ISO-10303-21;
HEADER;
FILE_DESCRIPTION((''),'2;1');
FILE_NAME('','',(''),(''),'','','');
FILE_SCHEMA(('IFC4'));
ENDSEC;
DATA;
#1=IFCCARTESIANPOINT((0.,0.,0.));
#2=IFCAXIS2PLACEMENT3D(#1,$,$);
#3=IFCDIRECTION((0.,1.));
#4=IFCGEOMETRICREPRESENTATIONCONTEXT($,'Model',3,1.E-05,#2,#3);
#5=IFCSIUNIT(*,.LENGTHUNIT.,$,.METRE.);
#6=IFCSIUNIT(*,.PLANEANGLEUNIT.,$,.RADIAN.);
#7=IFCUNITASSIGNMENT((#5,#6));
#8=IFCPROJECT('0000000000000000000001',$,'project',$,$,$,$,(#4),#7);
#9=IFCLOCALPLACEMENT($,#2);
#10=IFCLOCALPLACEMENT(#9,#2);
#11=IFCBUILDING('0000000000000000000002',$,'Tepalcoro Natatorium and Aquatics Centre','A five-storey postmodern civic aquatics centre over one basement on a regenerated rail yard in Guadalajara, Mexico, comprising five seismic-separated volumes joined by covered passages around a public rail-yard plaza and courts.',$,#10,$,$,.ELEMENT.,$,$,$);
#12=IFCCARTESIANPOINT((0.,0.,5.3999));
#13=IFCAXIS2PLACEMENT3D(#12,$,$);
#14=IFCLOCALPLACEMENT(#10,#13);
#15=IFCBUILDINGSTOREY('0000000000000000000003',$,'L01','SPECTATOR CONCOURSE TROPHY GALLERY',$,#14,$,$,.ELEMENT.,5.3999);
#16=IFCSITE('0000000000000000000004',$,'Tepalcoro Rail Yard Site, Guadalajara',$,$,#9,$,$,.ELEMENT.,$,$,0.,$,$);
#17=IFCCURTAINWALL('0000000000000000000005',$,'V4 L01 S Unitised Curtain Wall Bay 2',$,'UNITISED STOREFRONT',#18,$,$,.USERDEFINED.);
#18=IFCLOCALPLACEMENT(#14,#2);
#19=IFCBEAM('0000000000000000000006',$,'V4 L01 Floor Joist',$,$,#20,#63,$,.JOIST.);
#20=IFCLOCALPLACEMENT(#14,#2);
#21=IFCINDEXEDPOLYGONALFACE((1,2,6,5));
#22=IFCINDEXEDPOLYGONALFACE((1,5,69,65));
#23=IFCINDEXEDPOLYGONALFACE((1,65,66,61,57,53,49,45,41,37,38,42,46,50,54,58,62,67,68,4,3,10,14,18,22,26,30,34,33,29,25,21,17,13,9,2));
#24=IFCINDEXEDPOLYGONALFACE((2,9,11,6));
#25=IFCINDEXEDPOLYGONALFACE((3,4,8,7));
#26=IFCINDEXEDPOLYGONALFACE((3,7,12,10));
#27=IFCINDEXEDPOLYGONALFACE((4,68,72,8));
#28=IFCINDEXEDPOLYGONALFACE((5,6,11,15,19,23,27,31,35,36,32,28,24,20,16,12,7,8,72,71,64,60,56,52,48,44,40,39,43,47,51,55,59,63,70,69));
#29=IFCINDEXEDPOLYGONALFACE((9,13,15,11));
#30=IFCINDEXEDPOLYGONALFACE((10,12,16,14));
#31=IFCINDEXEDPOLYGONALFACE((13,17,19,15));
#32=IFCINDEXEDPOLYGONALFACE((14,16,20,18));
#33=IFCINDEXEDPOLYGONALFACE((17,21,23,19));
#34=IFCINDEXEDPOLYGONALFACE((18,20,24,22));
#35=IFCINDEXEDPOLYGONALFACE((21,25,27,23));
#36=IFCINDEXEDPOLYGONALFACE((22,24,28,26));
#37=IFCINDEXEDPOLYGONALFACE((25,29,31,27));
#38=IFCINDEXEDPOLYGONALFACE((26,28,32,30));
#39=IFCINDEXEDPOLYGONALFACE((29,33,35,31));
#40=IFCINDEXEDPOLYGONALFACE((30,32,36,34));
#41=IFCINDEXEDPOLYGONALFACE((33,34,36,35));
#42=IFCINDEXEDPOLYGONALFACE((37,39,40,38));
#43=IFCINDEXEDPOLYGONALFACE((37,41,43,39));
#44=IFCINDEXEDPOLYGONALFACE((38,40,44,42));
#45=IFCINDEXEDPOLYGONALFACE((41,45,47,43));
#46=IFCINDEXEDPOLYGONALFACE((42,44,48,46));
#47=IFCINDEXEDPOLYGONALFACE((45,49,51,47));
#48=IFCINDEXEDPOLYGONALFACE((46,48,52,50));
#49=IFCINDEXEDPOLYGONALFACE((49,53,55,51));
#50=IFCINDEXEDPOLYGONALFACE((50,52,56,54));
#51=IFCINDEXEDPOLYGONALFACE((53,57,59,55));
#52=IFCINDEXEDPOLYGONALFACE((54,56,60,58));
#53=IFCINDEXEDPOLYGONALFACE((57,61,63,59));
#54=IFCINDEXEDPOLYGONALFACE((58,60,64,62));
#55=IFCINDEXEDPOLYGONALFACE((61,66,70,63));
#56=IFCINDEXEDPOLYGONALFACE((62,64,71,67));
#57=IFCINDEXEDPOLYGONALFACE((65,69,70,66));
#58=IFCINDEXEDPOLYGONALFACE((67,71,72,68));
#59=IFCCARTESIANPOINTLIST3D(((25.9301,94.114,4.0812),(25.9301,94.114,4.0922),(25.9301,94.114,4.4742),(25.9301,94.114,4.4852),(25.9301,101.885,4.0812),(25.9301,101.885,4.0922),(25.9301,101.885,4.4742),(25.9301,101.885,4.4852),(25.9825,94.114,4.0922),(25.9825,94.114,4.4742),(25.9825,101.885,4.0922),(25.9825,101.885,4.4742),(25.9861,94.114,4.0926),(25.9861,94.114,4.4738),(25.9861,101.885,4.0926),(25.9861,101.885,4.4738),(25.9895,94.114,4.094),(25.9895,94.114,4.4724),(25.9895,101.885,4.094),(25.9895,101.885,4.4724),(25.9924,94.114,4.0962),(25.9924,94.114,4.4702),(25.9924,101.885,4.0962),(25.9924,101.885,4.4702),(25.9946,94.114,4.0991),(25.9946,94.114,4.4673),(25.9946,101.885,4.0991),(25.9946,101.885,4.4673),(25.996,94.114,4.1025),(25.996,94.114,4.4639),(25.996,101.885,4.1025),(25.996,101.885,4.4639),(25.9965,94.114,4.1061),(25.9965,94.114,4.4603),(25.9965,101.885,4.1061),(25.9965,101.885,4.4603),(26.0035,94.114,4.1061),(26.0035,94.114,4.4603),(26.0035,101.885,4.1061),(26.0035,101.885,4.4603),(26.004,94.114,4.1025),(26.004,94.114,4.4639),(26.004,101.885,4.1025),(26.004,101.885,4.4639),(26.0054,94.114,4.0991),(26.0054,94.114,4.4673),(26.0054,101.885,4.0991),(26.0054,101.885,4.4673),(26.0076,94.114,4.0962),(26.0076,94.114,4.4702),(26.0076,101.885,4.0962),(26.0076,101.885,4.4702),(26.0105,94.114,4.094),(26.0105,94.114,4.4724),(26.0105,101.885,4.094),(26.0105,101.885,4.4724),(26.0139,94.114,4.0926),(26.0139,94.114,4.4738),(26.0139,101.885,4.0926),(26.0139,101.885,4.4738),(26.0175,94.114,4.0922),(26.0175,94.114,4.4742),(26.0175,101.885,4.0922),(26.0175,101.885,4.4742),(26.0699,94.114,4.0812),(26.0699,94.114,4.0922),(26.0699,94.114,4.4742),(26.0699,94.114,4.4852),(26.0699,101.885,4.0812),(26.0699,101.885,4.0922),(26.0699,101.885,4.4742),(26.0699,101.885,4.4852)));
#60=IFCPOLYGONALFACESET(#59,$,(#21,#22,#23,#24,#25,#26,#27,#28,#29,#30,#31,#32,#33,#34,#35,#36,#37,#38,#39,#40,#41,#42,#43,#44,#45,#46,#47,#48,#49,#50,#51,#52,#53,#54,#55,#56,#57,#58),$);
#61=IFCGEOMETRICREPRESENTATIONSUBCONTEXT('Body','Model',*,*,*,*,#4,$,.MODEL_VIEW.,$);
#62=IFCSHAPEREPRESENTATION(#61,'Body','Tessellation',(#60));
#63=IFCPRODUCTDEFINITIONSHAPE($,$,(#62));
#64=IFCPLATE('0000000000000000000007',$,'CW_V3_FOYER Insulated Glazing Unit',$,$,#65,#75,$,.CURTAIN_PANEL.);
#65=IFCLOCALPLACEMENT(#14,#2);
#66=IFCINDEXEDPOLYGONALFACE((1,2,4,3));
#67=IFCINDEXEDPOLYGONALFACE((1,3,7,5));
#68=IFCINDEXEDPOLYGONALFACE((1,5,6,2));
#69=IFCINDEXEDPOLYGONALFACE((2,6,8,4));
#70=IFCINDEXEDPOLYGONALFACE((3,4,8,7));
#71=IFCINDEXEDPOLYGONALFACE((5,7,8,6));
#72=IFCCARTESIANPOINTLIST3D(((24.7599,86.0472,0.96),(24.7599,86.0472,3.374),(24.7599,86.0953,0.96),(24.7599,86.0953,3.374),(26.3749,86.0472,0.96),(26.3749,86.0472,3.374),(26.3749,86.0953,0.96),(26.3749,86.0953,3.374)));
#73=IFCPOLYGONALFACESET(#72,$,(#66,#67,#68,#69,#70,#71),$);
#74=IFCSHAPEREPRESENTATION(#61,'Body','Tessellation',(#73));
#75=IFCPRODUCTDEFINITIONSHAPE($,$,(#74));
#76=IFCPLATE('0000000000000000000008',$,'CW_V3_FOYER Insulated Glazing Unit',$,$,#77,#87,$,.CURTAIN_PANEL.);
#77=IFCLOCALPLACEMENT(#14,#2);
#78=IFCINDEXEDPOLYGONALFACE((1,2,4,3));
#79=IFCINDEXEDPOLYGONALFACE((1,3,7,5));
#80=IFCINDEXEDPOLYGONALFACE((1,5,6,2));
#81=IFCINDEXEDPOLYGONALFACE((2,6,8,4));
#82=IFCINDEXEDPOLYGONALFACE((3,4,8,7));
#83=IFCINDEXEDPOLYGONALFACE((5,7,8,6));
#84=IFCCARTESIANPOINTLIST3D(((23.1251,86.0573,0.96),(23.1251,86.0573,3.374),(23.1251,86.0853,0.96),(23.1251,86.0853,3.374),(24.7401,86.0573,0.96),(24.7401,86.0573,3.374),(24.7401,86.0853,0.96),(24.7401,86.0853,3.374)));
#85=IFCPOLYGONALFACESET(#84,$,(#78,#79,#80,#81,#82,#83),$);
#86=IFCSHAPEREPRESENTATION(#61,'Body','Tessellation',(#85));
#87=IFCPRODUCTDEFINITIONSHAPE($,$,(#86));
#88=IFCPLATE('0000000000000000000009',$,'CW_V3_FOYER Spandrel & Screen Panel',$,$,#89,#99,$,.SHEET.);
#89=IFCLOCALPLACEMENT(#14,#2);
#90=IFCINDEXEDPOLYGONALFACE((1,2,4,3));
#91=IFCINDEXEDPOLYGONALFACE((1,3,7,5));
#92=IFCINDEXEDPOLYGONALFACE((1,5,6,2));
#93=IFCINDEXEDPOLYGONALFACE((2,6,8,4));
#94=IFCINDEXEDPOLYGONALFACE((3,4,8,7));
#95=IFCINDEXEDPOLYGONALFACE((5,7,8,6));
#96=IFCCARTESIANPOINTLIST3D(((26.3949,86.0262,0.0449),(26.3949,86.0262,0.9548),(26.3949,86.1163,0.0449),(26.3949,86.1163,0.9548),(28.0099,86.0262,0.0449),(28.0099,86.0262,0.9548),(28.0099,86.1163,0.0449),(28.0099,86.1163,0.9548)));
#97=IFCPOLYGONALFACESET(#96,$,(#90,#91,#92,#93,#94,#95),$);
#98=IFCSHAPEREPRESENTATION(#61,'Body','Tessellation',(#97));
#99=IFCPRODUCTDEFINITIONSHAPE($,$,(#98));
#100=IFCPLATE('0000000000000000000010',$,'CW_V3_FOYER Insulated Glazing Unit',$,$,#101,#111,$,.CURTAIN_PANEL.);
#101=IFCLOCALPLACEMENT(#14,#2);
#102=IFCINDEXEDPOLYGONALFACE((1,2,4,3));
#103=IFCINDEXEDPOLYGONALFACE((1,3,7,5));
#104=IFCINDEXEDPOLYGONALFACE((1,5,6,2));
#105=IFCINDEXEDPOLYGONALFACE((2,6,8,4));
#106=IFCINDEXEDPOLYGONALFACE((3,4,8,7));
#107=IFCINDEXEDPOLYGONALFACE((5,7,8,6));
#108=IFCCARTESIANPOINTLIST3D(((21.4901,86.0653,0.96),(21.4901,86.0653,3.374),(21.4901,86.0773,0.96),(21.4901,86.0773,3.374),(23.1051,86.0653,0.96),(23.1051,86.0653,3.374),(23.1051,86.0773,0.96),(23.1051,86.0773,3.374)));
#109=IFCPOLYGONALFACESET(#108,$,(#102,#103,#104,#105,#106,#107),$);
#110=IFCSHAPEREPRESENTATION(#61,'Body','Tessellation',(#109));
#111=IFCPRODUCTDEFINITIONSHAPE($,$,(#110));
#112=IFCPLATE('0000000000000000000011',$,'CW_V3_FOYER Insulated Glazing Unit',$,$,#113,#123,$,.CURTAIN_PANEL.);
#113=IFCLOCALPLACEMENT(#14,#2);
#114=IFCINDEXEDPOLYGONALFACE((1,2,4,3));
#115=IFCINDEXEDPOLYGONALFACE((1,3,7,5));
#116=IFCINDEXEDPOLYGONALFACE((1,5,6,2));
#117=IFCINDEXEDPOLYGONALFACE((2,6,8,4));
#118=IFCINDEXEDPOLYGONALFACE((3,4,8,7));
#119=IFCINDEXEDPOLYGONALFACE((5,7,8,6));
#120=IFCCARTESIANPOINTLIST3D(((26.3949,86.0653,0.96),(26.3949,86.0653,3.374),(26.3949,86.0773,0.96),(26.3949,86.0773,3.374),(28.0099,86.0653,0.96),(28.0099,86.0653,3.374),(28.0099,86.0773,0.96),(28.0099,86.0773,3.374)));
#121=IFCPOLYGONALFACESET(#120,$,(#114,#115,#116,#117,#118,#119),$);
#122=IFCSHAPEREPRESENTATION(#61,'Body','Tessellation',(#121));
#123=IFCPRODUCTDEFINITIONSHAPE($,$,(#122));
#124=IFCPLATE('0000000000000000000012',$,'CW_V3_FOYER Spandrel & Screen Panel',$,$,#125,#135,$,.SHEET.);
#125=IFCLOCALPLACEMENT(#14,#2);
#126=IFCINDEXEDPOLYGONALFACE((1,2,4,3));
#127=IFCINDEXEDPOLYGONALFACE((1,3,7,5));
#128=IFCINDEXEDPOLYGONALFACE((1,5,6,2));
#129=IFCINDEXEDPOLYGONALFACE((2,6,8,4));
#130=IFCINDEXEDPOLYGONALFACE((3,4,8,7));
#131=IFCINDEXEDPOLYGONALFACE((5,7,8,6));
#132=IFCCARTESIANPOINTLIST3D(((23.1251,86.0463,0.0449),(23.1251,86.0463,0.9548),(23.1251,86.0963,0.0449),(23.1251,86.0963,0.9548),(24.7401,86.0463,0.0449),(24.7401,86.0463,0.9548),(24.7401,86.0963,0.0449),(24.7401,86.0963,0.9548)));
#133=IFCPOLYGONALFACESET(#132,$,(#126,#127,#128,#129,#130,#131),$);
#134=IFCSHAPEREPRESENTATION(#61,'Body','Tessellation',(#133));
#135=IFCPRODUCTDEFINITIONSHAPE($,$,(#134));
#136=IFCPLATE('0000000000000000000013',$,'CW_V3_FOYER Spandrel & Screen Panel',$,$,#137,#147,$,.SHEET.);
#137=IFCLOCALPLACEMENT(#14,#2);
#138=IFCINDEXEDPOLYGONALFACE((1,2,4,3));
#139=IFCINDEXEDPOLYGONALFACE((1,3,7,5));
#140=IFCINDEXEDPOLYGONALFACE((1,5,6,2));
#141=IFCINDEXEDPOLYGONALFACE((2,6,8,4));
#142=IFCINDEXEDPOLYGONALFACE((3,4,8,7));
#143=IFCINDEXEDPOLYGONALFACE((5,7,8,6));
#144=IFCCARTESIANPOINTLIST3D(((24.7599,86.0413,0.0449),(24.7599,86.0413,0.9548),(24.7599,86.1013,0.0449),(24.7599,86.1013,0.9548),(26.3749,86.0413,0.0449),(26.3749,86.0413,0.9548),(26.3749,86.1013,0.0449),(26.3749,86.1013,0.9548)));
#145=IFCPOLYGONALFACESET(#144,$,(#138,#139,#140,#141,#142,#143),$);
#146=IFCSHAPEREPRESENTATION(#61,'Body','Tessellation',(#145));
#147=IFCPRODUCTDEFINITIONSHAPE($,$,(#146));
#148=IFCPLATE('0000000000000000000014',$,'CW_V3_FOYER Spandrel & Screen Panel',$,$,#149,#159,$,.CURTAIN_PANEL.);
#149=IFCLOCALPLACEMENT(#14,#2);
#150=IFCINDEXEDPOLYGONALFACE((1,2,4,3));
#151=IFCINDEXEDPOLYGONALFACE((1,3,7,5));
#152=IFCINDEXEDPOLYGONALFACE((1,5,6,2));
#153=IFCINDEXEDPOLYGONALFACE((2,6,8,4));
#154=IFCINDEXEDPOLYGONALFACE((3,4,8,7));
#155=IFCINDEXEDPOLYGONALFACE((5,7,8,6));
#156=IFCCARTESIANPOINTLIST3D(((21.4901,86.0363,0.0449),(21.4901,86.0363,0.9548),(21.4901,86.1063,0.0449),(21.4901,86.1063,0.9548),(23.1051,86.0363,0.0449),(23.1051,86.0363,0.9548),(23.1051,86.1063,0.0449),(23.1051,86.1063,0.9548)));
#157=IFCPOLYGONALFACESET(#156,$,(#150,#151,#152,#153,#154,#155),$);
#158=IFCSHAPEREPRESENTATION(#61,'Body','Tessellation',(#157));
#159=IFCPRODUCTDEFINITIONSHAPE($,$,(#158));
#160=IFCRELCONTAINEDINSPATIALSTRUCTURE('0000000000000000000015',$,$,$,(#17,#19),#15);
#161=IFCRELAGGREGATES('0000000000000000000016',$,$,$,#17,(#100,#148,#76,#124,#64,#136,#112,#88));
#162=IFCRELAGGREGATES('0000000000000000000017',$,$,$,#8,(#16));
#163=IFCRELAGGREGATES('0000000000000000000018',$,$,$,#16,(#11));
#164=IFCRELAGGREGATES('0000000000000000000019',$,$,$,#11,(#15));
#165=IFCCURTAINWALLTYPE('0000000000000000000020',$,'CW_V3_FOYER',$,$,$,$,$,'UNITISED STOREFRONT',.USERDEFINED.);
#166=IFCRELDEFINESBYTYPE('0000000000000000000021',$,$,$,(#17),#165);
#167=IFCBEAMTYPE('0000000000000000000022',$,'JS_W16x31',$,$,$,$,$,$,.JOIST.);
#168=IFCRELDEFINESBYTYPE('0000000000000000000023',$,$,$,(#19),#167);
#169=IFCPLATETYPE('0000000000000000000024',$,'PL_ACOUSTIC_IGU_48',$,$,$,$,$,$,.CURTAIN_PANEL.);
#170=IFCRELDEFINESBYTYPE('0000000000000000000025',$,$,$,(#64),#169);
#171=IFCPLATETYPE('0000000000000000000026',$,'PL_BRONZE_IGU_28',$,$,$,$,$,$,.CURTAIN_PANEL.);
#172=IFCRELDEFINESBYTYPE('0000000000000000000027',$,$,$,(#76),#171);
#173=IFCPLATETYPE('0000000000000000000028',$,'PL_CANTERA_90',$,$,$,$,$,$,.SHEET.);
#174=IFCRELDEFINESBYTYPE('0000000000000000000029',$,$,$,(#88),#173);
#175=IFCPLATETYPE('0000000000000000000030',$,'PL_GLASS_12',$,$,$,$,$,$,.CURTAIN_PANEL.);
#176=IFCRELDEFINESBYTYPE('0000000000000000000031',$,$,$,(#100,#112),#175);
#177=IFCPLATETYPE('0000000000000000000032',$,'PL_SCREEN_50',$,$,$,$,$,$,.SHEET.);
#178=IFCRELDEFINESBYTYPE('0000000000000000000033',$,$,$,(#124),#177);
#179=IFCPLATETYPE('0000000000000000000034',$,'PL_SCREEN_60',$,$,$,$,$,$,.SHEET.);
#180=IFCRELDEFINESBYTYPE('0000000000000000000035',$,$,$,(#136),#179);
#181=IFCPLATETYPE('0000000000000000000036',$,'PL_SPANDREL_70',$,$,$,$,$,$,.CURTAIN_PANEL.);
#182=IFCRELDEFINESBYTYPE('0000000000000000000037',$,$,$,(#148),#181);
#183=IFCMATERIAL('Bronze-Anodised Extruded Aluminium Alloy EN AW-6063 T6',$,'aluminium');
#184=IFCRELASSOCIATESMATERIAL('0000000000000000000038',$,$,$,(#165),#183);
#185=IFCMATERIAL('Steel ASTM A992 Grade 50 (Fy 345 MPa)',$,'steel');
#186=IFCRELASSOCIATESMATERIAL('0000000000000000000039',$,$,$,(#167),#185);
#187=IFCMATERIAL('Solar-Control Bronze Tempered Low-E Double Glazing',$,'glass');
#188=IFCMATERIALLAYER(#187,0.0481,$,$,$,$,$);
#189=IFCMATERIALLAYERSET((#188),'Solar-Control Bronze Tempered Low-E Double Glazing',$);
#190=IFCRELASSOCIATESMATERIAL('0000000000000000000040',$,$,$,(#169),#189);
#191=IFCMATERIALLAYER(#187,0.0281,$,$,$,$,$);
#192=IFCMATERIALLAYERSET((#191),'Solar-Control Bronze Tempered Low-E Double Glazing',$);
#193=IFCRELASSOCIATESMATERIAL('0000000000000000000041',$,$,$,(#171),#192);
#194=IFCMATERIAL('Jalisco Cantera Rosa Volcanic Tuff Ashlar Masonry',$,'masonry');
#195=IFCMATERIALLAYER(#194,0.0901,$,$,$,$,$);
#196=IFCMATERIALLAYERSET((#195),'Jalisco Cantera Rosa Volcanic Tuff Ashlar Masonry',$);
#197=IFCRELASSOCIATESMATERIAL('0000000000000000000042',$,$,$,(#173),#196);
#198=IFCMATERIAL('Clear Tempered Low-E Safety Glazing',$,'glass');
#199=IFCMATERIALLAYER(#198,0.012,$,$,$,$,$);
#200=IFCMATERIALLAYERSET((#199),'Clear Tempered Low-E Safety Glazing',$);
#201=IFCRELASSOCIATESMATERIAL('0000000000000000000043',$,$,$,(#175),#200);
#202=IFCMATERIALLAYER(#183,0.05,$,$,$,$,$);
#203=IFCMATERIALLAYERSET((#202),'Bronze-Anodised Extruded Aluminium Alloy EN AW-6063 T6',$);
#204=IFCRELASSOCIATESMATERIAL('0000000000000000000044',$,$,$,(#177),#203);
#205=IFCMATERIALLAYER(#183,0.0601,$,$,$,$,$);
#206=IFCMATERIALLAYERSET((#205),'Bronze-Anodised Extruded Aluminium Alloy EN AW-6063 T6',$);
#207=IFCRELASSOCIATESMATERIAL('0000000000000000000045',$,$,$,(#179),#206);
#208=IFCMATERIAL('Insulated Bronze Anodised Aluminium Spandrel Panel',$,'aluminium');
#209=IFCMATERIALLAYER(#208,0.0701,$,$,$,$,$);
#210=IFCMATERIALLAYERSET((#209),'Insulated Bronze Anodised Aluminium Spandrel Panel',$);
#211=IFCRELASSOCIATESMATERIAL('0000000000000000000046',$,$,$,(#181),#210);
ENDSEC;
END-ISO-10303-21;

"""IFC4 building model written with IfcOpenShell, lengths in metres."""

from ifc_helpers import new_model, si_unit, direction, frame, origin, origin_2d, place, context, subcontext, project, spatial, rectangle, i_section, extrude, material, layer, layer_set, material_profile, profile_set, type_object, element, aggregate, save


model = new_model("IFC4")

# Units and contexts
model_context = context("Model", 3, precision=1e-05, world=origin(), true_north=direction((0.0, 1.0)))
body_context = subcontext(model_context, "Body", "Model", "MODEL_VIEW")
ifc_project = project(units=[si_unit("LENGTHUNIT", "METRE"), si_unit("PLANEANGLEUNIT", "RADIAN")], contexts=[model_context])

# Site, building, storey
site_placement = place(None, origin())
site = spatial("IfcSite", under=ifc_project, at=site_placement, Name="Tepalcoro Rail Yard Site, Guadalajara", CompositionType="ELEMENT", RefElevation=0.0)
building_placement = place(site_placement, origin())
building = spatial("IfcBuilding", under=site, at=building_placement, Name="Tepalcoro Natatorium and Aquatics Centre", Description="A five-storey postmodern civic aquatics centre over one basement on a regenerated rail yard in Guadalajara, Mexico, comprising five seismic-separated volumes joined by covered passages around a public rail-yard plaza and courts.", CompositionType="ELEMENT")
storey_placement = place(building_placement, frame((0.0, 0.0, 5.3999)))
storey = spatial("IfcBuildingStorey", under=building, at=storey_placement, Name="L01", Description="SPECTATOR CONCOURSE TROPHY GALLERY", CompositionType="ELEMENT", Elevation=5.3999)

# Shared definitions
ifc_material_1 = material(Name="Steel ASTM A992 Grade 50 (Fy 345 MPa)", Category="steel")

# Curtain wall
ifc_material_2 = material(Name="Bronze-Anodised Extruded Aluminium Alloy EN AW-6063 T6", Category="aluminium")
curtain_wall_type = type_object("IfcCurtainWallType", Name="CW_V3_FOYER", ElementType="UNITISED STOREFRONT", PredefinedType="USERDEFINED", material=ifc_material_2)
curtain_wall_placement = place(storey_placement, origin())
curtain_wall = element("IfcCurtainWall", 1, at=curtain_wall_placement, inside=storey, type_object=curtain_wall_type, Name="V4 L01 S Unitised Curtain Wall Bay 2", ObjectType="UNITISED STOREFRONT", PredefinedType="USERDEFINED")

# Beam
ifc_material_profile_1 = material_profile(ifc_material_1, i_section(OverallWidth=0.1399, OverallDepth=0.4041, WebThickness=0.0071, FlangeThickness=0.011, FilletRadius=0.0139, at=origin_2d()), Name="W16X31")
ifc_profile_set_1 = profile_set([ifc_material_profile_1], Name="Steel ASTM A992 Grade 50 (Fy 345 MPa)")
beam_type_1 = type_object("IfcBeamType", Name="JS_W16x31", PredefinedType="JOIST", material=ifc_profile_set_1)
beam_1_placement = place(storey_placement, frame((26.0, 94.114, 4.2832), z_axis=(0.0, 1.0, 0.0), x_axis=(-1.0, 0.0, 0.0)))
element("IfcBeam", 2, at=beam_1_placement, inside=storey, type_object=beam_type_1, Name="V4 L01 Floor Joist", PredefinedType="JOIST", context=body_context, shape_type="SweptSolid", body=[
    extrude(i_section(OverallWidth=0.1399, OverallDepth=0.4041, WebThickness=0.0071, FlangeThickness=0.011, FilletRadius=0.0139, at=origin_2d()), origin(), (0.0, 0.0, 1.0), 7.771),
])

# Plates
ifc_material_3 = material(Name="Solar-Control Bronze Tempered Low-E Double Glazing", Category="glass")
ifc_layer_1 = layer(ifc_material_3, 0.0481)
ifc_layer_set_1 = layer_set([ifc_layer_1], Name="Solar-Control Bronze Tempered Low-E Double Glazing")
plate_type_1 = type_object("IfcPlateType", Name="PL_ACOUSTIC_IGU_48", PredefinedType="CURTAIN_PANEL", material=ifc_layer_set_1)
plate_1_placement = place(storey_placement, frame((25.5674, 86.0713, 0.96), z_axis=(0.0, 0.0, 1.0), x_axis=(1.0, 0.0, 0.0)))
plate_1 = element("IfcPlate", 3, at=plate_1_placement, type_object=plate_type_1, Name="CW_V3_FOYER Insulated Glazing Unit", PredefinedType="CURTAIN_PANEL", context=body_context, shape_type="SweptSolid", body=[
    extrude(rectangle(XDim=1.615, YDim=0.0481, at=origin_2d()), origin(), (0.0, 0.0, 1.0), 2.4141),
])
ifc_layer_2 = layer(ifc_material_3, 0.0281)
ifc_layer_set_2 = layer_set([ifc_layer_2], Name="Solar-Control Bronze Tempered Low-E Double Glazing")
plate_type_2 = type_object("IfcPlateType", Name="PL_BRONZE_IGU_28", PredefinedType="CURTAIN_PANEL", material=ifc_layer_set_2)
plate_2_placement = place(storey_placement, frame((23.9326, 86.0713, 0.96), z_axis=(0.0, 0.0, 1.0), x_axis=(1.0, 0.0, 0.0)))
plate_2 = element("IfcPlate", 4, at=plate_2_placement, type_object=plate_type_2, Name="CW_V3_FOYER Insulated Glazing Unit", PredefinedType="CURTAIN_PANEL", context=body_context, shape_type="SweptSolid", body=[
    extrude(rectangle(XDim=1.615, YDim=0.0281, at=origin_2d()), origin(), (0.0, 0.0, 1.0), 2.4141),
])
ifc_material_4 = material(Name="Jalisco Cantera Rosa Volcanic Tuff Ashlar Masonry", Category="masonry")
ifc_layer_3 = layer(ifc_material_4, 0.0901)
ifc_layer_set_3 = layer_set([ifc_layer_3], Name="Jalisco Cantera Rosa Volcanic Tuff Ashlar Masonry")
plate_type_3 = type_object("IfcPlateType", Name="PL_CANTERA_90", PredefinedType="SHEET", material=ifc_layer_set_3)
plate_3_placement = place(storey_placement, frame((27.2024, 86.0713, 0.0449), z_axis=(0.0, 0.0, 1.0), x_axis=(1.0, 0.0, 0.0)))
plate_3 = element("IfcPlate", 5, at=plate_3_placement, type_object=plate_type_3, Name="CW_V3_FOYER Spandrel & Screen Panel", PredefinedType="SHEET", context=body_context, shape_type="SweptSolid", body=[
    extrude(rectangle(XDim=1.615, YDim=0.0901, at=origin_2d()), origin(), (0.0, 0.0, 1.0), 0.9099),
])
ifc_material_5 = material(Name="Clear Tempered Low-E Safety Glazing", Category="glass")
ifc_layer_4 = layer(ifc_material_5, 0.012)
ifc_layer_set_4 = layer_set([ifc_layer_4], Name="Clear Tempered Low-E Safety Glazing")
plate_type_4 = type_object("IfcPlateType", Name="PL_GLASS_12", PredefinedType="CURTAIN_PANEL", material=ifc_layer_set_4)
plate_4_placement = place(storey_placement, frame((22.2976, 86.0713, 0.96), z_axis=(0.0, 0.0, 1.0), x_axis=(1.0, 0.0, 0.0)))
plate_4 = element("IfcPlate", 6, at=plate_4_placement, type_object=plate_type_4, Name="CW_V3_FOYER Insulated Glazing Unit", PredefinedType="CURTAIN_PANEL", context=body_context, shape_type="SweptSolid", body=[
    extrude(rectangle(XDim=1.615, YDim=0.012, at=origin_2d()), origin(), (0.0, 0.0, 1.0), 2.4141),
])
plate_5_placement = place(storey_placement, frame((27.2024, 86.0713, 0.96), z_axis=(0.0, 0.0, 1.0), x_axis=(1.0, 0.0, 0.0)))
plate_5 = element("IfcPlate", 7, at=plate_5_placement, type_object=plate_type_4, Name="CW_V3_FOYER Insulated Glazing Unit", PredefinedType="CURTAIN_PANEL", context=body_context, shape_type="SweptSolid", body=[
    extrude(rectangle(XDim=1.615, YDim=0.012, at=origin_2d()), origin(), (0.0, 0.0, 1.0), 2.4141),
])
ifc_layer_5 = layer(ifc_material_2, 0.05)
ifc_layer_set_5 = layer_set([ifc_layer_5], Name="Bronze-Anodised Extruded Aluminium Alloy EN AW-6063 T6")
plate_type_5 = type_object("IfcPlateType", Name="PL_SCREEN_50", PredefinedType="SHEET", material=ifc_layer_set_5)
plate_6_placement = place(storey_placement, frame((23.9326, 86.0713, 0.0449), z_axis=(0.0, 0.0, 1.0), x_axis=(1.0, 0.0, 0.0)))
plate_6 = element("IfcPlate", 8, at=plate_6_placement, type_object=plate_type_5, Name="CW_V3_FOYER Spandrel & Screen Panel", PredefinedType="SHEET", context=body_context, shape_type="SweptSolid", body=[
    extrude(rectangle(XDim=1.615, YDim=0.05, at=origin_2d()), origin(), (0.0, 0.0, 1.0), 0.9099),
])
ifc_layer_6 = layer(ifc_material_2, 0.0601)
ifc_layer_set_6 = layer_set([ifc_layer_6], Name="Bronze-Anodised Extruded Aluminium Alloy EN AW-6063 T6")
plate_type_6 = type_object("IfcPlateType", Name="PL_SCREEN_60", PredefinedType="SHEET", material=ifc_layer_set_6)
plate_7_placement = place(storey_placement, frame((25.5674, 86.0713, 0.0449), z_axis=(0.0, 0.0, 1.0), x_axis=(1.0, 0.0, 0.0)))
plate_7 = element("IfcPlate", 9, at=plate_7_placement, type_object=plate_type_6, Name="CW_V3_FOYER Spandrel & Screen Panel", PredefinedType="SHEET", context=body_context, shape_type="SweptSolid", body=[
    extrude(rectangle(XDim=1.615, YDim=0.0601, at=origin_2d()), origin(), (0.0, 0.0, 1.0), 0.9099),
])
ifc_material_6 = material(Name="Insulated Bronze Anodised Aluminium Spandrel Panel", Category="aluminium")
ifc_layer_7 = layer(ifc_material_6, 0.0701)
ifc_layer_set_7 = layer_set([ifc_layer_7], Name="Insulated Bronze Anodised Aluminium Spandrel Panel")
plate_type_7 = type_object("IfcPlateType", Name="PL_SPANDREL_70", PredefinedType="CURTAIN_PANEL", material=ifc_layer_set_7)
plate_8_placement = place(storey_placement, frame((22.2976, 86.0713, 0.0449), z_axis=(0.0, 0.0, 1.0), x_axis=(1.0, 0.0, 0.0)))
plate_8 = element("IfcPlate", 10, at=plate_8_placement, type_object=plate_type_7, Name="CW_V3_FOYER Spandrel & Screen Panel", PredefinedType="CURTAIN_PANEL", context=body_context, shape_type="SweptSolid", body=[
    extrude(rectangle(XDim=1.615, YDim=0.0701, at=origin_2d()), origin(), (0.0, 0.0, 1.0), 0.9099),
])
aggregate(curtain_wall, [plate_4, plate_8, plate_2, plate_6, plate_1, plate_7, plate_5, plate_3])

save(model, "model.ifc")
